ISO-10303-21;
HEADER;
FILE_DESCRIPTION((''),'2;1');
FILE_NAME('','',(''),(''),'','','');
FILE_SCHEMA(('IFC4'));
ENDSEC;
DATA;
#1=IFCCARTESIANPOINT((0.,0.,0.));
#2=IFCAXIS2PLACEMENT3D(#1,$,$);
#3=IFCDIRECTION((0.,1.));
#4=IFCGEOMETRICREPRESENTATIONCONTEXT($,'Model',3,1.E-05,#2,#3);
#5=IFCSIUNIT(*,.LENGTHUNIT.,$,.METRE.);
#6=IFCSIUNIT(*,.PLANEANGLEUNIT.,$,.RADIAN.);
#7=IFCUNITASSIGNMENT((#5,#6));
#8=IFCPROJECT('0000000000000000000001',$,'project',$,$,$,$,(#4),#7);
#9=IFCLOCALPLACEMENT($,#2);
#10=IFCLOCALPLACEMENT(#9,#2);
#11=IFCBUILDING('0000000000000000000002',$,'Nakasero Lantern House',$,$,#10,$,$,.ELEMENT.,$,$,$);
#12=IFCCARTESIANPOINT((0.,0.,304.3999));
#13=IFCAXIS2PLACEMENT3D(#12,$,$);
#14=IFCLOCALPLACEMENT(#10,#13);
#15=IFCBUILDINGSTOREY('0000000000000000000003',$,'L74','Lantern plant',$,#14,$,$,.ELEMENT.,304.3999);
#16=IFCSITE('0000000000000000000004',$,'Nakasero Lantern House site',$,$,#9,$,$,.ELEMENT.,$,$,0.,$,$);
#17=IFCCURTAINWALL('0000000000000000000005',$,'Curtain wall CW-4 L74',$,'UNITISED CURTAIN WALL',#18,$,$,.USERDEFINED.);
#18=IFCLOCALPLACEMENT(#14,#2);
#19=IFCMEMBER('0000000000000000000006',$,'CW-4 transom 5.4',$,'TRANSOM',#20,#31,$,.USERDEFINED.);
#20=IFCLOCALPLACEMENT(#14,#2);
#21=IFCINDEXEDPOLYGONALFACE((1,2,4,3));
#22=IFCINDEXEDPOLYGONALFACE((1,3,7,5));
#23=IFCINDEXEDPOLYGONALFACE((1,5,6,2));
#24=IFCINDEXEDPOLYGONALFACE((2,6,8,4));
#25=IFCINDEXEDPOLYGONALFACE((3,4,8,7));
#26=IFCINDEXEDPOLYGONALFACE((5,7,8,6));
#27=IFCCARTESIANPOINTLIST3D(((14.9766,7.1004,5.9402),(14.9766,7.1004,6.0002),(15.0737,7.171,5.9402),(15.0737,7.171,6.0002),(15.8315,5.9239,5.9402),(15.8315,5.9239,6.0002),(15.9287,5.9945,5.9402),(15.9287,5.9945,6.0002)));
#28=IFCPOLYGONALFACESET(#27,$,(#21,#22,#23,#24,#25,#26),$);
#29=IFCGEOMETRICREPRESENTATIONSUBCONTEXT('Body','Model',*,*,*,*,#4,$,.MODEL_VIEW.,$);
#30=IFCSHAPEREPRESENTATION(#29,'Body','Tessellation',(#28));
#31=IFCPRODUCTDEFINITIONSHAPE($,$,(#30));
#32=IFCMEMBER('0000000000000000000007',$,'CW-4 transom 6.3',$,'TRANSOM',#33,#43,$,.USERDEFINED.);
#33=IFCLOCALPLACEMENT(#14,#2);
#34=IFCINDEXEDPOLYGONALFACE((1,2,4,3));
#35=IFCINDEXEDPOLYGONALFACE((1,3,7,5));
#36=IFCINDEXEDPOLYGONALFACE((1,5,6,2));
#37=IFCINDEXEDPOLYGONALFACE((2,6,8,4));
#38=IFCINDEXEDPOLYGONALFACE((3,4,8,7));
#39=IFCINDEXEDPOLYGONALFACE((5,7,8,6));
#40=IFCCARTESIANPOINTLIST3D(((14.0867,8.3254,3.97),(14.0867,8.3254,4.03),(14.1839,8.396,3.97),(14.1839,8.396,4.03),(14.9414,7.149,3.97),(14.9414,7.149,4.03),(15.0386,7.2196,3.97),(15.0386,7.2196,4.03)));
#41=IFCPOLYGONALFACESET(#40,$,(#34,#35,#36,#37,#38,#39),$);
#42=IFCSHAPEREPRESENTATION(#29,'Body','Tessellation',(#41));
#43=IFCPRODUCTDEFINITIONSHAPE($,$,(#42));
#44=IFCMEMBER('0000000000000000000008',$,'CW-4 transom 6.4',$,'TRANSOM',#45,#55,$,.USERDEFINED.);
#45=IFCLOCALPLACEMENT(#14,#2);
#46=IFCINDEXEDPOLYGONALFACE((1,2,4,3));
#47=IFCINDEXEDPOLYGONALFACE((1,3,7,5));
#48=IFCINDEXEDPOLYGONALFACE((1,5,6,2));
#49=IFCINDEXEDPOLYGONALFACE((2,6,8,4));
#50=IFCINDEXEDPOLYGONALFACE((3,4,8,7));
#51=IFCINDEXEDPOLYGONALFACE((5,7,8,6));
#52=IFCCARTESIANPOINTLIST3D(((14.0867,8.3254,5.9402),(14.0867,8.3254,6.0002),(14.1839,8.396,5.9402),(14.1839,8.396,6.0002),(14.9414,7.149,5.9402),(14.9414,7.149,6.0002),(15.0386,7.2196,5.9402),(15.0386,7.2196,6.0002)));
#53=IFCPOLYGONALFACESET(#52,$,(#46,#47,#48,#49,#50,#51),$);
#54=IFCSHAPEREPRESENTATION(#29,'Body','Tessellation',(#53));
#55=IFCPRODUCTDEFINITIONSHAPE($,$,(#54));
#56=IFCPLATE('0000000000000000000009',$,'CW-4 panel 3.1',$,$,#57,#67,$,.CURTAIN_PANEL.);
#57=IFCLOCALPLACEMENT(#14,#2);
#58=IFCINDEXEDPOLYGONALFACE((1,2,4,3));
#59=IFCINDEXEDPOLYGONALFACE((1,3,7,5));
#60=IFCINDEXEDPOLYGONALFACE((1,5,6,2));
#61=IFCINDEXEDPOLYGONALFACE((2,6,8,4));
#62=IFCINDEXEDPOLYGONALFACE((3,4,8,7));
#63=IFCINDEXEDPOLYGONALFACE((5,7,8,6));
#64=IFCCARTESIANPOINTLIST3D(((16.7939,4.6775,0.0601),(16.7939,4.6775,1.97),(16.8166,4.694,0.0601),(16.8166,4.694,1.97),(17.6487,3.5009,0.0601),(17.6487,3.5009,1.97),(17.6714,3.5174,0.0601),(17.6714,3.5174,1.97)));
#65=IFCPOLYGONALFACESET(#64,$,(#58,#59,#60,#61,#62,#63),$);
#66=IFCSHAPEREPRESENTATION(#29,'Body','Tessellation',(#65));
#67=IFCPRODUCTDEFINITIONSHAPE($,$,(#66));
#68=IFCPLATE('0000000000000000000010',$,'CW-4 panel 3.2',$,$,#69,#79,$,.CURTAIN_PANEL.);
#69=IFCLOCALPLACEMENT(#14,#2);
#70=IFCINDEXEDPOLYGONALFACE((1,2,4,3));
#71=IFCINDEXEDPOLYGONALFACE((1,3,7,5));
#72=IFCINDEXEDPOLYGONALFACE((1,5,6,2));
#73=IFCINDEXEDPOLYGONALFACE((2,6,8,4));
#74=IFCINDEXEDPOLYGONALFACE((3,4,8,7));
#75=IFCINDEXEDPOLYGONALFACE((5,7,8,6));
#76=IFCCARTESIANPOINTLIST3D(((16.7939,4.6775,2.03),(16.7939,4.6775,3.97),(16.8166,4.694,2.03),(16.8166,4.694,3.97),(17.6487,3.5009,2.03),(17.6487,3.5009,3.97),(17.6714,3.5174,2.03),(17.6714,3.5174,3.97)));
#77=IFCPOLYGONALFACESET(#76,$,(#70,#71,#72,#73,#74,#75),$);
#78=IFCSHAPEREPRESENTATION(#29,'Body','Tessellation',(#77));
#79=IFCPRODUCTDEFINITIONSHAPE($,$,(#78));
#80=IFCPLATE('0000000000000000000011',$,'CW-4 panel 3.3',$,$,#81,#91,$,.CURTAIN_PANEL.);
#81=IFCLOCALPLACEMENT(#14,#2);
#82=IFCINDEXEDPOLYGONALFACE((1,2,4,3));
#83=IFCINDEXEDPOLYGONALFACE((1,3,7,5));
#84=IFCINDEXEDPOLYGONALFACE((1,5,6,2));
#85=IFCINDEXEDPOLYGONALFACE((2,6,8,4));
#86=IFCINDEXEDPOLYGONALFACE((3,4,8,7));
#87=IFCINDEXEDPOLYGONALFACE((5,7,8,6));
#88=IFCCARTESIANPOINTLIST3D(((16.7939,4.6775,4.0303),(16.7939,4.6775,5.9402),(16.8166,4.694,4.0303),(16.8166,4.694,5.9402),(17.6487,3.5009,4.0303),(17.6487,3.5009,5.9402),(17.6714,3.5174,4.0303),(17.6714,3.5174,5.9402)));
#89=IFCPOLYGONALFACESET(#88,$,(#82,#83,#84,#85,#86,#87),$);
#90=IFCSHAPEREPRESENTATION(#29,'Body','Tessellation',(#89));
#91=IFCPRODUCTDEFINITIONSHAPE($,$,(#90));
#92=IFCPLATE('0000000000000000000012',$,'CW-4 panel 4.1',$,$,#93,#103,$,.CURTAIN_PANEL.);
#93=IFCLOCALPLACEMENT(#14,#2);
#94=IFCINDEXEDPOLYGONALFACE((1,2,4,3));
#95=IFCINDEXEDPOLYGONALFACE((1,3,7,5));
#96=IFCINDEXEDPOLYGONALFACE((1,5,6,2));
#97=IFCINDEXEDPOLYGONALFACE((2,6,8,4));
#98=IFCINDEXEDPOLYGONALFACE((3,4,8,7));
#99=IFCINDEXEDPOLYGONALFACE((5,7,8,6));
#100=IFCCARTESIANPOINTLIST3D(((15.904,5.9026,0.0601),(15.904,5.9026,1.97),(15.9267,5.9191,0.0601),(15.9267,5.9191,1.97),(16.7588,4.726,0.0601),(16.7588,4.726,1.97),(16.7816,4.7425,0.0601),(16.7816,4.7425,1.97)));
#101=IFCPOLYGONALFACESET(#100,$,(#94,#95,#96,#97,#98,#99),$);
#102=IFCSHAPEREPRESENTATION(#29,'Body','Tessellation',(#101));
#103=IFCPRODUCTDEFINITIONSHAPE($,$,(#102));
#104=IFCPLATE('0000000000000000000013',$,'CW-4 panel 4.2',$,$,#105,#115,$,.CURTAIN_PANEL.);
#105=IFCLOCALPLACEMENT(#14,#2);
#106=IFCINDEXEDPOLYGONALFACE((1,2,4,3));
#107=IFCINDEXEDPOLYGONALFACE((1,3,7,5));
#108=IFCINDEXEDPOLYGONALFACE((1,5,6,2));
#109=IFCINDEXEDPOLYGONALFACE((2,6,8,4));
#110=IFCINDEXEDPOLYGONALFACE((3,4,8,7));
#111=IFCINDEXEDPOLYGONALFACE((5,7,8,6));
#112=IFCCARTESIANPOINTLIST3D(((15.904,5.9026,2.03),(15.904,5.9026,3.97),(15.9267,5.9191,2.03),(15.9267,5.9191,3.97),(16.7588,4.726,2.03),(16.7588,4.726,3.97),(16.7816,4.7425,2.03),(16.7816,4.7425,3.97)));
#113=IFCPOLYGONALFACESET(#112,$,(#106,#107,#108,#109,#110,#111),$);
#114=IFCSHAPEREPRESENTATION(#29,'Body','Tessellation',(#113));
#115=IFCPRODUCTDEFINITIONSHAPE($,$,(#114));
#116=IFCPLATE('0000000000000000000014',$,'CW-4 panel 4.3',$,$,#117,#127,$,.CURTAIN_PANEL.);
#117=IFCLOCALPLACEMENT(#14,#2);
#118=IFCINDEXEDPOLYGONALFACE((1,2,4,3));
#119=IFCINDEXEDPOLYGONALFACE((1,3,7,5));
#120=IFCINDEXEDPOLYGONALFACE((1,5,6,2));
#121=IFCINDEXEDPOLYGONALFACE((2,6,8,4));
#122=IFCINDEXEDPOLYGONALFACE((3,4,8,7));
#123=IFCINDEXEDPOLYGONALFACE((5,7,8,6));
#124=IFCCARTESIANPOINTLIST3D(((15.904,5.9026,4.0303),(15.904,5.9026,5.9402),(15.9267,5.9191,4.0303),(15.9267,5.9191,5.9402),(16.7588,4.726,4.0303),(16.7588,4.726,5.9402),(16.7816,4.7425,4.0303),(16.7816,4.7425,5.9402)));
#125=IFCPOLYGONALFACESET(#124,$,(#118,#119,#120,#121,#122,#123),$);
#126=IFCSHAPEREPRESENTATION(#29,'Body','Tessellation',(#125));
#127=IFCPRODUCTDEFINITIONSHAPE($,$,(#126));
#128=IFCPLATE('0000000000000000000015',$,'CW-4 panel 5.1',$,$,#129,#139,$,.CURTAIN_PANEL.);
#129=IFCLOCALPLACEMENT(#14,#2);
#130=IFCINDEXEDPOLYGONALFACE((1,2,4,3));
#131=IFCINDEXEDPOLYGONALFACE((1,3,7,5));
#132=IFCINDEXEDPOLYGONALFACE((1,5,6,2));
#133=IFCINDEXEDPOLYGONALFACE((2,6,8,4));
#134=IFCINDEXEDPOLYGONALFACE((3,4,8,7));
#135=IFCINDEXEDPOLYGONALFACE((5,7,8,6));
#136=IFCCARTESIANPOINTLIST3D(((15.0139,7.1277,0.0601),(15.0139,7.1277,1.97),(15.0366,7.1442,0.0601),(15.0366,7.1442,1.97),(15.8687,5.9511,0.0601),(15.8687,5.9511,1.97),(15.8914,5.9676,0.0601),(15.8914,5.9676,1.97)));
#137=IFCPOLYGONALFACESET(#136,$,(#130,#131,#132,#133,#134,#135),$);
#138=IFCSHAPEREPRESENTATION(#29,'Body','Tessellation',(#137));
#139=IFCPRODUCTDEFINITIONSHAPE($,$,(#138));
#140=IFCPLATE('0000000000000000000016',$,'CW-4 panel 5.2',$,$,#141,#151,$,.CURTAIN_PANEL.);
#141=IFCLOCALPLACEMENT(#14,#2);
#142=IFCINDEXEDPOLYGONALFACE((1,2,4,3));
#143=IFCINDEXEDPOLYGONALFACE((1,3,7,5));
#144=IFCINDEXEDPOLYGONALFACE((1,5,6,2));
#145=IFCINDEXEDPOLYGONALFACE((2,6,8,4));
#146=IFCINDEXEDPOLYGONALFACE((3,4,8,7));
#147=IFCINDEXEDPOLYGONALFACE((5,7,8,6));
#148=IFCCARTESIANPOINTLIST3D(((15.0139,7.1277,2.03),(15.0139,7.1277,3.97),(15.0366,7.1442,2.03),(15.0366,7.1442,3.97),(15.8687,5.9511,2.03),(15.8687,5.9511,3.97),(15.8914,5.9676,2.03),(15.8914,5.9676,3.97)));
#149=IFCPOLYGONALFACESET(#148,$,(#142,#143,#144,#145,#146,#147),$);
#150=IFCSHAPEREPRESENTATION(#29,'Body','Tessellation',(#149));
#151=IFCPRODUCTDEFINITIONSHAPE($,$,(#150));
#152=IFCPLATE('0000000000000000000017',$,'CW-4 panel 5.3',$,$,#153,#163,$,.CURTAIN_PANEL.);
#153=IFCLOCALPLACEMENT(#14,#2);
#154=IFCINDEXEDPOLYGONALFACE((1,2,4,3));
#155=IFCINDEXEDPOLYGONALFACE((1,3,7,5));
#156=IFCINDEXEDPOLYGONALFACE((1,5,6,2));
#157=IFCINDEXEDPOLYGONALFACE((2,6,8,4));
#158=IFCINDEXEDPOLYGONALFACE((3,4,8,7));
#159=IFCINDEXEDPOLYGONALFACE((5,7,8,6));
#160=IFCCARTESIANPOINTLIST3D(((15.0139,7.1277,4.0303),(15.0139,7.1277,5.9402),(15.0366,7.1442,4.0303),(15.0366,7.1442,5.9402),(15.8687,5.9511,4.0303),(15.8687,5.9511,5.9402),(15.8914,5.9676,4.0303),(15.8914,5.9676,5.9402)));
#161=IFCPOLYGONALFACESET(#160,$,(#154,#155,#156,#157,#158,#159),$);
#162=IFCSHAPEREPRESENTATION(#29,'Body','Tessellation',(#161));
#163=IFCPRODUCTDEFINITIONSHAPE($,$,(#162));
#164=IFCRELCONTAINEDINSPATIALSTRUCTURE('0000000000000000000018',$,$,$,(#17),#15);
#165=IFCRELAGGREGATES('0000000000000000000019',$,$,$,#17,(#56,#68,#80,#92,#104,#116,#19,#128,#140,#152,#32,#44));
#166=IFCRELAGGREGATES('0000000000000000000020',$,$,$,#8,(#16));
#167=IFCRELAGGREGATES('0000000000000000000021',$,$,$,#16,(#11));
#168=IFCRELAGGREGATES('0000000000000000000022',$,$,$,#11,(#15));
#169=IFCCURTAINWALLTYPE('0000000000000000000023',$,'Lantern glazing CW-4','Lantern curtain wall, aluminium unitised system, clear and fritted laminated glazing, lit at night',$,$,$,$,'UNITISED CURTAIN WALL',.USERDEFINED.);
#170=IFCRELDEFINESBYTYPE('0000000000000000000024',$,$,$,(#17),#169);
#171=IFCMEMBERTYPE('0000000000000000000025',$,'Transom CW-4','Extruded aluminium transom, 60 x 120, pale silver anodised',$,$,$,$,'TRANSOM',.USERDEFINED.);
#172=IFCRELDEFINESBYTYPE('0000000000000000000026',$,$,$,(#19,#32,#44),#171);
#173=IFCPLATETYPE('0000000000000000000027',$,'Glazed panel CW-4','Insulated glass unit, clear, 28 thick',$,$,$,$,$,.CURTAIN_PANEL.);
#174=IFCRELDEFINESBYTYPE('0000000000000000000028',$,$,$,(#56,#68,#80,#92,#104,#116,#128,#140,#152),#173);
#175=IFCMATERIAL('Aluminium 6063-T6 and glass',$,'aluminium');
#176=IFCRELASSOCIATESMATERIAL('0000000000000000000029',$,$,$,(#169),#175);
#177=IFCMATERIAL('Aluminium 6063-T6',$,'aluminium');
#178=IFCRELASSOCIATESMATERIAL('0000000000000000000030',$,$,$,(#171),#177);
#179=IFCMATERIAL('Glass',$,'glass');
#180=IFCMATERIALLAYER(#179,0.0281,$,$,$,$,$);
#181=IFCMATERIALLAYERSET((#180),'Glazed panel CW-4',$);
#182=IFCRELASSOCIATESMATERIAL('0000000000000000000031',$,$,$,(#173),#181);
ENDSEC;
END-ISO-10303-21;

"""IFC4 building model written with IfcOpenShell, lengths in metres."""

from ifc_helpers import new_model, si_unit, direction, frame, origin, origin_2d, place, context, subcontext, project, spatial, rectangle, extrude, material, layer, layer_set, material_profile, profile_set, type_object, element, aggregate, save


model = new_model("IFC4")

# Units and contexts
model_context = context("Model", 3, precision=1e-05, world=origin(), true_north=direction((0.0, 1.0)))
body_context = subcontext(model_context, "Body", "Model", "MODEL_VIEW")
ifc_project = project(units=[si_unit("LENGTHUNIT", "METRE"), si_unit("PLANEANGLEUNIT", "RADIAN")], contexts=[model_context])

# Site, building, storey
site_placement = place(None, origin())
site = spatial("IfcSite", under=ifc_project, at=site_placement, Name="Nakasero Lantern House site", CompositionType="ELEMENT", RefElevation=0.0)
building_placement = place(site_placement, origin())
building = spatial("IfcBuilding", under=site, at=building_placement, Name="Nakasero Lantern House", CompositionType="ELEMENT")
storey_placement = place(building_placement, frame((0.0, 0.0, 304.3999)))
storey = spatial("IfcBuildingStorey", under=building, at=storey_placement, Name="L74", Description="Lantern plant", CompositionType="ELEMENT", Elevation=304.3999)

# Curtain wall, members, plates
ifc_material_1 = material(Name="Aluminium 6063-T6 and glass", Category="aluminium")
curtain_wall_type = type_object("IfcCurtainWallType", Name="Lantern glazing CW-4", Description="Lantern curtain wall, aluminium unitised system, clear and fritted laminated glazing, lit at night", ElementType="UNITISED CURTAIN WALL", PredefinedType="USERDEFINED", material=ifc_material_1)
curtain_wall_placement = place(storey_placement, origin())
curtain_wall = element("IfcCurtainWall", 1, at=curtain_wall_placement, inside=storey, type_object=curtain_wall_type, Name="Curtain wall CW-4 L74", ObjectType="UNITISED CURTAIN WALL", PredefinedType="USERDEFINED")
ifc_material_2 = material(Name="Aluminium 6063-T6", Category="aluminium")
ifc_material_profile_1 = material_profile(ifc_material_2, rectangle(XDim=0.0601, YDim=0.1201, at=origin_2d()), Name="CW-4 transom 60x120")
ifc_profile_set_1 = profile_set([ifc_material_profile_1], Name="Aluminium 6063-T6")
member_type_1 = type_object("IfcMemberType", Name="Transom CW-4", Description="Extruded aluminium transom, 60 x 120, pale silver anodised", ElementType="TRANSOM", PredefinedType="USERDEFINED", material=ifc_profile_set_1)
member_1_placement = place(storey_placement, frame((15.8801, 5.9592, 5.9702), z_axis=(-0.587872, 0.808954, 0.0), x_axis=(0.0, 0.0, 1.0)))
member_1 = element("IfcMember", 2, at=member_1_placement, type_object=member_type_1, Name="CW-4 transom 5.4", ObjectType="TRANSOM", PredefinedType="USERDEFINED", context=body_context, shape_type="SweptSolid", body=[
    extrude(rectangle(XDim=0.0601, YDim=0.1201, at=origin_2d()), origin(), (0.0, 0.0, 1.0), 1.4543),
])
member_2_placement = place(storey_placement, frame((14.99, 7.1843, 4.0), z_axis=(-0.587762, 0.809034, 0.0), x_axis=(0.0, 0.0, 1.0)))
member_2 = element("IfcMember", 3, at=member_2_placement, type_object=member_type_1, Name="CW-4 transom 6.3", ObjectType="TRANSOM", PredefinedType="USERDEFINED", context=body_context, shape_type="SweptSolid", body=[
    extrude(rectangle(XDim=0.0601, YDim=0.1201, at=origin_2d()), origin(), (0.0, 0.0, 1.0), 1.4541),
])
member_3_placement = place(storey_placement, frame((14.99, 7.1843, 5.9702), z_axis=(-0.587762, 0.809034, 0.0), x_axis=(0.0, 0.0, 1.0)))
member_3 = element("IfcMember", 4, at=member_3_placement, type_object=member_type_1, Name="CW-4 transom 6.4", ObjectType="TRANSOM", PredefinedType="USERDEFINED", context=body_context, shape_type="SweptSolid", body=[
    extrude(rectangle(XDim=0.0601, YDim=0.1201, at=origin_2d()), origin(), (0.0, 0.0, 1.0), 1.4541),
])
ifc_material_3 = material(Name="Glass", Category="glass")
ifc_layer = layer(ifc_material_3, 0.0281)
ifc_layer_set = layer_set([ifc_layer], Name="Glazed panel CW-4")
plate_type = type_object("IfcPlateType", Name="Glazed panel CW-4", Description="Insulated glass unit, clear, 28 thick", PredefinedType="CURTAIN_PANEL", material=ifc_layer_set)
plate_1_placement = place(storey_placement, frame((17.2327, 4.0974, 0.0601), z_axis=(0.0, 0.0, 1.0), x_axis=(-0.587785, 0.809017, 0.0)))
plate_1 = element("IfcPlate", 5, at=plate_1_placement, type_object=plate_type, Name="CW-4 panel 3.1", PredefinedType="CURTAIN_PANEL", context=body_context, shape_type="SweptSolid", body=[
    extrude(rectangle(XDim=1.4543, YDim=0.0281, at=origin_2d()), origin(), (0.0, 0.0, 1.0), 1.9099),
])
plate_2_placement = place(storey_placement, frame((17.2327, 4.0974, 2.03), z_axis=(0.0, 0.0, 1.0), x_axis=(-0.587785, 0.809017, 0.0)))
plate_2 = element("IfcPlate", 6, at=plate_2_placement, type_object=plate_type, Name="CW-4 panel 3.2", PredefinedType="CURTAIN_PANEL", context=body_context, shape_type="SweptSolid", body=[
    extrude(rectangle(XDim=1.4543, YDim=0.0281, at=origin_2d()), origin(), (0.0, 0.0, 1.0), 1.9399),
])
plate_3_placement = place(storey_placement, frame((17.2327, 4.0974, 4.0303), z_axis=(0.0, 0.0, 1.0), x_axis=(-0.587785, 0.809017, 0.0)))
plate_3 = element("IfcPlate", 7, at=plate_3_placement, type_object=plate_type, Name="CW-4 panel 3.3", PredefinedType="CURTAIN_PANEL", context=body_context, shape_type="SweptSolid", body=[
    extrude(rectangle(XDim=1.4543, YDim=0.0281, at=origin_2d()), origin(), (0.0, 0.0, 1.0), 1.9099),
])
plate_4_placement = place(storey_placement, frame((16.3428, 5.3225, 0.0601), z_axis=(0.0, 0.0, 1.0), x_axis=(-0.587785, 0.809017, 0.0)))
plate_4 = element("IfcPlate", 8, at=plate_4_placement, type_object=plate_type, Name="CW-4 panel 4.1", PredefinedType="CURTAIN_PANEL", context=body_context, shape_type="SweptSolid", body=[
    extrude(rectangle(XDim=1.4543, YDim=0.0281, at=origin_2d()), origin(), (0.0, 0.0, 1.0), 1.9099),
])
plate_5_placement = place(storey_placement, frame((16.3428, 5.3225, 2.03), z_axis=(0.0, 0.0, 1.0), x_axis=(-0.587785, 0.809017, 0.0)))
plate_5 = element("IfcPlate", 9, at=plate_5_placement, type_object=plate_type, Name="CW-4 panel 4.2", PredefinedType="CURTAIN_PANEL", context=body_context, shape_type="SweptSolid", body=[
    extrude(rectangle(XDim=1.4543, YDim=0.0281, at=origin_2d()), origin(), (0.0, 0.0, 1.0), 1.9399),
])
plate_6_placement = place(storey_placement, frame((16.3428, 5.3225, 4.0303), z_axis=(0.0, 0.0, 1.0), x_axis=(-0.587785, 0.809017, 0.0)))
plate_6 = element("IfcPlate", 10, at=plate_6_placement, type_object=plate_type, Name="CW-4 panel 4.3", PredefinedType="CURTAIN_PANEL", context=body_context, shape_type="SweptSolid", body=[
    extrude(rectangle(XDim=1.4543, YDim=0.0281, at=origin_2d()), origin(), (0.0, 0.0, 1.0), 1.9099),
])
plate_7_placement = place(storey_placement, frame((15.4526, 6.5476, 0.0601), z_axis=(0.0, 0.0, 1.0), x_axis=(-0.587785, 0.809017, 0.0)))
plate_7 = element("IfcPlate", 11, at=plate_7_placement, type_object=plate_type, Name="CW-4 panel 5.1", PredefinedType="CURTAIN_PANEL", context=body_context, shape_type="SweptSolid", body=[
    extrude(rectangle(XDim=1.4543, YDim=0.0281, at=origin_2d()), origin(), (0.0, 0.0, 1.0), 1.9099),
])
plate_8_placement = place(storey_placement, frame((15.4526, 6.5476, 2.03), z_axis=(0.0, 0.0, 1.0), x_axis=(-0.587785, 0.809017, 0.0)))
plate_8 = element("IfcPlate", 12, at=plate_8_placement, type_object=plate_type, Name="CW-4 panel 5.2", PredefinedType="CURTAIN_PANEL", context=body_context, shape_type="SweptSolid", body=[
    extrude(rectangle(XDim=1.4543, YDim=0.0281, at=origin_2d()), origin(), (0.0, 0.0, 1.0), 1.9399),
])
plate_9_placement = place(storey_placement, frame((15.4526, 6.5476, 4.0303), z_axis=(0.0, 0.0, 1.0), x_axis=(-0.587785, 0.809017, 0.0)))
plate_9 = element("IfcPlate", 13, at=plate_9_placement, type_object=plate_type, Name="CW-4 panel 5.3", PredefinedType="CURTAIN_PANEL", context=body_context, shape_type="SweptSolid", body=[
    extrude(rectangle(XDim=1.4543, YDim=0.0281, at=origin_2d()), origin(), (0.0, 0.0, 1.0), 1.9099),
])
aggregate(curtain_wall, [plate_1, plate_2, plate_3, plate_4, plate_5, plate_6, member_1, plate_7, plate_8, plate_9, member_2, member_3])

save(model, "model.ifc")
